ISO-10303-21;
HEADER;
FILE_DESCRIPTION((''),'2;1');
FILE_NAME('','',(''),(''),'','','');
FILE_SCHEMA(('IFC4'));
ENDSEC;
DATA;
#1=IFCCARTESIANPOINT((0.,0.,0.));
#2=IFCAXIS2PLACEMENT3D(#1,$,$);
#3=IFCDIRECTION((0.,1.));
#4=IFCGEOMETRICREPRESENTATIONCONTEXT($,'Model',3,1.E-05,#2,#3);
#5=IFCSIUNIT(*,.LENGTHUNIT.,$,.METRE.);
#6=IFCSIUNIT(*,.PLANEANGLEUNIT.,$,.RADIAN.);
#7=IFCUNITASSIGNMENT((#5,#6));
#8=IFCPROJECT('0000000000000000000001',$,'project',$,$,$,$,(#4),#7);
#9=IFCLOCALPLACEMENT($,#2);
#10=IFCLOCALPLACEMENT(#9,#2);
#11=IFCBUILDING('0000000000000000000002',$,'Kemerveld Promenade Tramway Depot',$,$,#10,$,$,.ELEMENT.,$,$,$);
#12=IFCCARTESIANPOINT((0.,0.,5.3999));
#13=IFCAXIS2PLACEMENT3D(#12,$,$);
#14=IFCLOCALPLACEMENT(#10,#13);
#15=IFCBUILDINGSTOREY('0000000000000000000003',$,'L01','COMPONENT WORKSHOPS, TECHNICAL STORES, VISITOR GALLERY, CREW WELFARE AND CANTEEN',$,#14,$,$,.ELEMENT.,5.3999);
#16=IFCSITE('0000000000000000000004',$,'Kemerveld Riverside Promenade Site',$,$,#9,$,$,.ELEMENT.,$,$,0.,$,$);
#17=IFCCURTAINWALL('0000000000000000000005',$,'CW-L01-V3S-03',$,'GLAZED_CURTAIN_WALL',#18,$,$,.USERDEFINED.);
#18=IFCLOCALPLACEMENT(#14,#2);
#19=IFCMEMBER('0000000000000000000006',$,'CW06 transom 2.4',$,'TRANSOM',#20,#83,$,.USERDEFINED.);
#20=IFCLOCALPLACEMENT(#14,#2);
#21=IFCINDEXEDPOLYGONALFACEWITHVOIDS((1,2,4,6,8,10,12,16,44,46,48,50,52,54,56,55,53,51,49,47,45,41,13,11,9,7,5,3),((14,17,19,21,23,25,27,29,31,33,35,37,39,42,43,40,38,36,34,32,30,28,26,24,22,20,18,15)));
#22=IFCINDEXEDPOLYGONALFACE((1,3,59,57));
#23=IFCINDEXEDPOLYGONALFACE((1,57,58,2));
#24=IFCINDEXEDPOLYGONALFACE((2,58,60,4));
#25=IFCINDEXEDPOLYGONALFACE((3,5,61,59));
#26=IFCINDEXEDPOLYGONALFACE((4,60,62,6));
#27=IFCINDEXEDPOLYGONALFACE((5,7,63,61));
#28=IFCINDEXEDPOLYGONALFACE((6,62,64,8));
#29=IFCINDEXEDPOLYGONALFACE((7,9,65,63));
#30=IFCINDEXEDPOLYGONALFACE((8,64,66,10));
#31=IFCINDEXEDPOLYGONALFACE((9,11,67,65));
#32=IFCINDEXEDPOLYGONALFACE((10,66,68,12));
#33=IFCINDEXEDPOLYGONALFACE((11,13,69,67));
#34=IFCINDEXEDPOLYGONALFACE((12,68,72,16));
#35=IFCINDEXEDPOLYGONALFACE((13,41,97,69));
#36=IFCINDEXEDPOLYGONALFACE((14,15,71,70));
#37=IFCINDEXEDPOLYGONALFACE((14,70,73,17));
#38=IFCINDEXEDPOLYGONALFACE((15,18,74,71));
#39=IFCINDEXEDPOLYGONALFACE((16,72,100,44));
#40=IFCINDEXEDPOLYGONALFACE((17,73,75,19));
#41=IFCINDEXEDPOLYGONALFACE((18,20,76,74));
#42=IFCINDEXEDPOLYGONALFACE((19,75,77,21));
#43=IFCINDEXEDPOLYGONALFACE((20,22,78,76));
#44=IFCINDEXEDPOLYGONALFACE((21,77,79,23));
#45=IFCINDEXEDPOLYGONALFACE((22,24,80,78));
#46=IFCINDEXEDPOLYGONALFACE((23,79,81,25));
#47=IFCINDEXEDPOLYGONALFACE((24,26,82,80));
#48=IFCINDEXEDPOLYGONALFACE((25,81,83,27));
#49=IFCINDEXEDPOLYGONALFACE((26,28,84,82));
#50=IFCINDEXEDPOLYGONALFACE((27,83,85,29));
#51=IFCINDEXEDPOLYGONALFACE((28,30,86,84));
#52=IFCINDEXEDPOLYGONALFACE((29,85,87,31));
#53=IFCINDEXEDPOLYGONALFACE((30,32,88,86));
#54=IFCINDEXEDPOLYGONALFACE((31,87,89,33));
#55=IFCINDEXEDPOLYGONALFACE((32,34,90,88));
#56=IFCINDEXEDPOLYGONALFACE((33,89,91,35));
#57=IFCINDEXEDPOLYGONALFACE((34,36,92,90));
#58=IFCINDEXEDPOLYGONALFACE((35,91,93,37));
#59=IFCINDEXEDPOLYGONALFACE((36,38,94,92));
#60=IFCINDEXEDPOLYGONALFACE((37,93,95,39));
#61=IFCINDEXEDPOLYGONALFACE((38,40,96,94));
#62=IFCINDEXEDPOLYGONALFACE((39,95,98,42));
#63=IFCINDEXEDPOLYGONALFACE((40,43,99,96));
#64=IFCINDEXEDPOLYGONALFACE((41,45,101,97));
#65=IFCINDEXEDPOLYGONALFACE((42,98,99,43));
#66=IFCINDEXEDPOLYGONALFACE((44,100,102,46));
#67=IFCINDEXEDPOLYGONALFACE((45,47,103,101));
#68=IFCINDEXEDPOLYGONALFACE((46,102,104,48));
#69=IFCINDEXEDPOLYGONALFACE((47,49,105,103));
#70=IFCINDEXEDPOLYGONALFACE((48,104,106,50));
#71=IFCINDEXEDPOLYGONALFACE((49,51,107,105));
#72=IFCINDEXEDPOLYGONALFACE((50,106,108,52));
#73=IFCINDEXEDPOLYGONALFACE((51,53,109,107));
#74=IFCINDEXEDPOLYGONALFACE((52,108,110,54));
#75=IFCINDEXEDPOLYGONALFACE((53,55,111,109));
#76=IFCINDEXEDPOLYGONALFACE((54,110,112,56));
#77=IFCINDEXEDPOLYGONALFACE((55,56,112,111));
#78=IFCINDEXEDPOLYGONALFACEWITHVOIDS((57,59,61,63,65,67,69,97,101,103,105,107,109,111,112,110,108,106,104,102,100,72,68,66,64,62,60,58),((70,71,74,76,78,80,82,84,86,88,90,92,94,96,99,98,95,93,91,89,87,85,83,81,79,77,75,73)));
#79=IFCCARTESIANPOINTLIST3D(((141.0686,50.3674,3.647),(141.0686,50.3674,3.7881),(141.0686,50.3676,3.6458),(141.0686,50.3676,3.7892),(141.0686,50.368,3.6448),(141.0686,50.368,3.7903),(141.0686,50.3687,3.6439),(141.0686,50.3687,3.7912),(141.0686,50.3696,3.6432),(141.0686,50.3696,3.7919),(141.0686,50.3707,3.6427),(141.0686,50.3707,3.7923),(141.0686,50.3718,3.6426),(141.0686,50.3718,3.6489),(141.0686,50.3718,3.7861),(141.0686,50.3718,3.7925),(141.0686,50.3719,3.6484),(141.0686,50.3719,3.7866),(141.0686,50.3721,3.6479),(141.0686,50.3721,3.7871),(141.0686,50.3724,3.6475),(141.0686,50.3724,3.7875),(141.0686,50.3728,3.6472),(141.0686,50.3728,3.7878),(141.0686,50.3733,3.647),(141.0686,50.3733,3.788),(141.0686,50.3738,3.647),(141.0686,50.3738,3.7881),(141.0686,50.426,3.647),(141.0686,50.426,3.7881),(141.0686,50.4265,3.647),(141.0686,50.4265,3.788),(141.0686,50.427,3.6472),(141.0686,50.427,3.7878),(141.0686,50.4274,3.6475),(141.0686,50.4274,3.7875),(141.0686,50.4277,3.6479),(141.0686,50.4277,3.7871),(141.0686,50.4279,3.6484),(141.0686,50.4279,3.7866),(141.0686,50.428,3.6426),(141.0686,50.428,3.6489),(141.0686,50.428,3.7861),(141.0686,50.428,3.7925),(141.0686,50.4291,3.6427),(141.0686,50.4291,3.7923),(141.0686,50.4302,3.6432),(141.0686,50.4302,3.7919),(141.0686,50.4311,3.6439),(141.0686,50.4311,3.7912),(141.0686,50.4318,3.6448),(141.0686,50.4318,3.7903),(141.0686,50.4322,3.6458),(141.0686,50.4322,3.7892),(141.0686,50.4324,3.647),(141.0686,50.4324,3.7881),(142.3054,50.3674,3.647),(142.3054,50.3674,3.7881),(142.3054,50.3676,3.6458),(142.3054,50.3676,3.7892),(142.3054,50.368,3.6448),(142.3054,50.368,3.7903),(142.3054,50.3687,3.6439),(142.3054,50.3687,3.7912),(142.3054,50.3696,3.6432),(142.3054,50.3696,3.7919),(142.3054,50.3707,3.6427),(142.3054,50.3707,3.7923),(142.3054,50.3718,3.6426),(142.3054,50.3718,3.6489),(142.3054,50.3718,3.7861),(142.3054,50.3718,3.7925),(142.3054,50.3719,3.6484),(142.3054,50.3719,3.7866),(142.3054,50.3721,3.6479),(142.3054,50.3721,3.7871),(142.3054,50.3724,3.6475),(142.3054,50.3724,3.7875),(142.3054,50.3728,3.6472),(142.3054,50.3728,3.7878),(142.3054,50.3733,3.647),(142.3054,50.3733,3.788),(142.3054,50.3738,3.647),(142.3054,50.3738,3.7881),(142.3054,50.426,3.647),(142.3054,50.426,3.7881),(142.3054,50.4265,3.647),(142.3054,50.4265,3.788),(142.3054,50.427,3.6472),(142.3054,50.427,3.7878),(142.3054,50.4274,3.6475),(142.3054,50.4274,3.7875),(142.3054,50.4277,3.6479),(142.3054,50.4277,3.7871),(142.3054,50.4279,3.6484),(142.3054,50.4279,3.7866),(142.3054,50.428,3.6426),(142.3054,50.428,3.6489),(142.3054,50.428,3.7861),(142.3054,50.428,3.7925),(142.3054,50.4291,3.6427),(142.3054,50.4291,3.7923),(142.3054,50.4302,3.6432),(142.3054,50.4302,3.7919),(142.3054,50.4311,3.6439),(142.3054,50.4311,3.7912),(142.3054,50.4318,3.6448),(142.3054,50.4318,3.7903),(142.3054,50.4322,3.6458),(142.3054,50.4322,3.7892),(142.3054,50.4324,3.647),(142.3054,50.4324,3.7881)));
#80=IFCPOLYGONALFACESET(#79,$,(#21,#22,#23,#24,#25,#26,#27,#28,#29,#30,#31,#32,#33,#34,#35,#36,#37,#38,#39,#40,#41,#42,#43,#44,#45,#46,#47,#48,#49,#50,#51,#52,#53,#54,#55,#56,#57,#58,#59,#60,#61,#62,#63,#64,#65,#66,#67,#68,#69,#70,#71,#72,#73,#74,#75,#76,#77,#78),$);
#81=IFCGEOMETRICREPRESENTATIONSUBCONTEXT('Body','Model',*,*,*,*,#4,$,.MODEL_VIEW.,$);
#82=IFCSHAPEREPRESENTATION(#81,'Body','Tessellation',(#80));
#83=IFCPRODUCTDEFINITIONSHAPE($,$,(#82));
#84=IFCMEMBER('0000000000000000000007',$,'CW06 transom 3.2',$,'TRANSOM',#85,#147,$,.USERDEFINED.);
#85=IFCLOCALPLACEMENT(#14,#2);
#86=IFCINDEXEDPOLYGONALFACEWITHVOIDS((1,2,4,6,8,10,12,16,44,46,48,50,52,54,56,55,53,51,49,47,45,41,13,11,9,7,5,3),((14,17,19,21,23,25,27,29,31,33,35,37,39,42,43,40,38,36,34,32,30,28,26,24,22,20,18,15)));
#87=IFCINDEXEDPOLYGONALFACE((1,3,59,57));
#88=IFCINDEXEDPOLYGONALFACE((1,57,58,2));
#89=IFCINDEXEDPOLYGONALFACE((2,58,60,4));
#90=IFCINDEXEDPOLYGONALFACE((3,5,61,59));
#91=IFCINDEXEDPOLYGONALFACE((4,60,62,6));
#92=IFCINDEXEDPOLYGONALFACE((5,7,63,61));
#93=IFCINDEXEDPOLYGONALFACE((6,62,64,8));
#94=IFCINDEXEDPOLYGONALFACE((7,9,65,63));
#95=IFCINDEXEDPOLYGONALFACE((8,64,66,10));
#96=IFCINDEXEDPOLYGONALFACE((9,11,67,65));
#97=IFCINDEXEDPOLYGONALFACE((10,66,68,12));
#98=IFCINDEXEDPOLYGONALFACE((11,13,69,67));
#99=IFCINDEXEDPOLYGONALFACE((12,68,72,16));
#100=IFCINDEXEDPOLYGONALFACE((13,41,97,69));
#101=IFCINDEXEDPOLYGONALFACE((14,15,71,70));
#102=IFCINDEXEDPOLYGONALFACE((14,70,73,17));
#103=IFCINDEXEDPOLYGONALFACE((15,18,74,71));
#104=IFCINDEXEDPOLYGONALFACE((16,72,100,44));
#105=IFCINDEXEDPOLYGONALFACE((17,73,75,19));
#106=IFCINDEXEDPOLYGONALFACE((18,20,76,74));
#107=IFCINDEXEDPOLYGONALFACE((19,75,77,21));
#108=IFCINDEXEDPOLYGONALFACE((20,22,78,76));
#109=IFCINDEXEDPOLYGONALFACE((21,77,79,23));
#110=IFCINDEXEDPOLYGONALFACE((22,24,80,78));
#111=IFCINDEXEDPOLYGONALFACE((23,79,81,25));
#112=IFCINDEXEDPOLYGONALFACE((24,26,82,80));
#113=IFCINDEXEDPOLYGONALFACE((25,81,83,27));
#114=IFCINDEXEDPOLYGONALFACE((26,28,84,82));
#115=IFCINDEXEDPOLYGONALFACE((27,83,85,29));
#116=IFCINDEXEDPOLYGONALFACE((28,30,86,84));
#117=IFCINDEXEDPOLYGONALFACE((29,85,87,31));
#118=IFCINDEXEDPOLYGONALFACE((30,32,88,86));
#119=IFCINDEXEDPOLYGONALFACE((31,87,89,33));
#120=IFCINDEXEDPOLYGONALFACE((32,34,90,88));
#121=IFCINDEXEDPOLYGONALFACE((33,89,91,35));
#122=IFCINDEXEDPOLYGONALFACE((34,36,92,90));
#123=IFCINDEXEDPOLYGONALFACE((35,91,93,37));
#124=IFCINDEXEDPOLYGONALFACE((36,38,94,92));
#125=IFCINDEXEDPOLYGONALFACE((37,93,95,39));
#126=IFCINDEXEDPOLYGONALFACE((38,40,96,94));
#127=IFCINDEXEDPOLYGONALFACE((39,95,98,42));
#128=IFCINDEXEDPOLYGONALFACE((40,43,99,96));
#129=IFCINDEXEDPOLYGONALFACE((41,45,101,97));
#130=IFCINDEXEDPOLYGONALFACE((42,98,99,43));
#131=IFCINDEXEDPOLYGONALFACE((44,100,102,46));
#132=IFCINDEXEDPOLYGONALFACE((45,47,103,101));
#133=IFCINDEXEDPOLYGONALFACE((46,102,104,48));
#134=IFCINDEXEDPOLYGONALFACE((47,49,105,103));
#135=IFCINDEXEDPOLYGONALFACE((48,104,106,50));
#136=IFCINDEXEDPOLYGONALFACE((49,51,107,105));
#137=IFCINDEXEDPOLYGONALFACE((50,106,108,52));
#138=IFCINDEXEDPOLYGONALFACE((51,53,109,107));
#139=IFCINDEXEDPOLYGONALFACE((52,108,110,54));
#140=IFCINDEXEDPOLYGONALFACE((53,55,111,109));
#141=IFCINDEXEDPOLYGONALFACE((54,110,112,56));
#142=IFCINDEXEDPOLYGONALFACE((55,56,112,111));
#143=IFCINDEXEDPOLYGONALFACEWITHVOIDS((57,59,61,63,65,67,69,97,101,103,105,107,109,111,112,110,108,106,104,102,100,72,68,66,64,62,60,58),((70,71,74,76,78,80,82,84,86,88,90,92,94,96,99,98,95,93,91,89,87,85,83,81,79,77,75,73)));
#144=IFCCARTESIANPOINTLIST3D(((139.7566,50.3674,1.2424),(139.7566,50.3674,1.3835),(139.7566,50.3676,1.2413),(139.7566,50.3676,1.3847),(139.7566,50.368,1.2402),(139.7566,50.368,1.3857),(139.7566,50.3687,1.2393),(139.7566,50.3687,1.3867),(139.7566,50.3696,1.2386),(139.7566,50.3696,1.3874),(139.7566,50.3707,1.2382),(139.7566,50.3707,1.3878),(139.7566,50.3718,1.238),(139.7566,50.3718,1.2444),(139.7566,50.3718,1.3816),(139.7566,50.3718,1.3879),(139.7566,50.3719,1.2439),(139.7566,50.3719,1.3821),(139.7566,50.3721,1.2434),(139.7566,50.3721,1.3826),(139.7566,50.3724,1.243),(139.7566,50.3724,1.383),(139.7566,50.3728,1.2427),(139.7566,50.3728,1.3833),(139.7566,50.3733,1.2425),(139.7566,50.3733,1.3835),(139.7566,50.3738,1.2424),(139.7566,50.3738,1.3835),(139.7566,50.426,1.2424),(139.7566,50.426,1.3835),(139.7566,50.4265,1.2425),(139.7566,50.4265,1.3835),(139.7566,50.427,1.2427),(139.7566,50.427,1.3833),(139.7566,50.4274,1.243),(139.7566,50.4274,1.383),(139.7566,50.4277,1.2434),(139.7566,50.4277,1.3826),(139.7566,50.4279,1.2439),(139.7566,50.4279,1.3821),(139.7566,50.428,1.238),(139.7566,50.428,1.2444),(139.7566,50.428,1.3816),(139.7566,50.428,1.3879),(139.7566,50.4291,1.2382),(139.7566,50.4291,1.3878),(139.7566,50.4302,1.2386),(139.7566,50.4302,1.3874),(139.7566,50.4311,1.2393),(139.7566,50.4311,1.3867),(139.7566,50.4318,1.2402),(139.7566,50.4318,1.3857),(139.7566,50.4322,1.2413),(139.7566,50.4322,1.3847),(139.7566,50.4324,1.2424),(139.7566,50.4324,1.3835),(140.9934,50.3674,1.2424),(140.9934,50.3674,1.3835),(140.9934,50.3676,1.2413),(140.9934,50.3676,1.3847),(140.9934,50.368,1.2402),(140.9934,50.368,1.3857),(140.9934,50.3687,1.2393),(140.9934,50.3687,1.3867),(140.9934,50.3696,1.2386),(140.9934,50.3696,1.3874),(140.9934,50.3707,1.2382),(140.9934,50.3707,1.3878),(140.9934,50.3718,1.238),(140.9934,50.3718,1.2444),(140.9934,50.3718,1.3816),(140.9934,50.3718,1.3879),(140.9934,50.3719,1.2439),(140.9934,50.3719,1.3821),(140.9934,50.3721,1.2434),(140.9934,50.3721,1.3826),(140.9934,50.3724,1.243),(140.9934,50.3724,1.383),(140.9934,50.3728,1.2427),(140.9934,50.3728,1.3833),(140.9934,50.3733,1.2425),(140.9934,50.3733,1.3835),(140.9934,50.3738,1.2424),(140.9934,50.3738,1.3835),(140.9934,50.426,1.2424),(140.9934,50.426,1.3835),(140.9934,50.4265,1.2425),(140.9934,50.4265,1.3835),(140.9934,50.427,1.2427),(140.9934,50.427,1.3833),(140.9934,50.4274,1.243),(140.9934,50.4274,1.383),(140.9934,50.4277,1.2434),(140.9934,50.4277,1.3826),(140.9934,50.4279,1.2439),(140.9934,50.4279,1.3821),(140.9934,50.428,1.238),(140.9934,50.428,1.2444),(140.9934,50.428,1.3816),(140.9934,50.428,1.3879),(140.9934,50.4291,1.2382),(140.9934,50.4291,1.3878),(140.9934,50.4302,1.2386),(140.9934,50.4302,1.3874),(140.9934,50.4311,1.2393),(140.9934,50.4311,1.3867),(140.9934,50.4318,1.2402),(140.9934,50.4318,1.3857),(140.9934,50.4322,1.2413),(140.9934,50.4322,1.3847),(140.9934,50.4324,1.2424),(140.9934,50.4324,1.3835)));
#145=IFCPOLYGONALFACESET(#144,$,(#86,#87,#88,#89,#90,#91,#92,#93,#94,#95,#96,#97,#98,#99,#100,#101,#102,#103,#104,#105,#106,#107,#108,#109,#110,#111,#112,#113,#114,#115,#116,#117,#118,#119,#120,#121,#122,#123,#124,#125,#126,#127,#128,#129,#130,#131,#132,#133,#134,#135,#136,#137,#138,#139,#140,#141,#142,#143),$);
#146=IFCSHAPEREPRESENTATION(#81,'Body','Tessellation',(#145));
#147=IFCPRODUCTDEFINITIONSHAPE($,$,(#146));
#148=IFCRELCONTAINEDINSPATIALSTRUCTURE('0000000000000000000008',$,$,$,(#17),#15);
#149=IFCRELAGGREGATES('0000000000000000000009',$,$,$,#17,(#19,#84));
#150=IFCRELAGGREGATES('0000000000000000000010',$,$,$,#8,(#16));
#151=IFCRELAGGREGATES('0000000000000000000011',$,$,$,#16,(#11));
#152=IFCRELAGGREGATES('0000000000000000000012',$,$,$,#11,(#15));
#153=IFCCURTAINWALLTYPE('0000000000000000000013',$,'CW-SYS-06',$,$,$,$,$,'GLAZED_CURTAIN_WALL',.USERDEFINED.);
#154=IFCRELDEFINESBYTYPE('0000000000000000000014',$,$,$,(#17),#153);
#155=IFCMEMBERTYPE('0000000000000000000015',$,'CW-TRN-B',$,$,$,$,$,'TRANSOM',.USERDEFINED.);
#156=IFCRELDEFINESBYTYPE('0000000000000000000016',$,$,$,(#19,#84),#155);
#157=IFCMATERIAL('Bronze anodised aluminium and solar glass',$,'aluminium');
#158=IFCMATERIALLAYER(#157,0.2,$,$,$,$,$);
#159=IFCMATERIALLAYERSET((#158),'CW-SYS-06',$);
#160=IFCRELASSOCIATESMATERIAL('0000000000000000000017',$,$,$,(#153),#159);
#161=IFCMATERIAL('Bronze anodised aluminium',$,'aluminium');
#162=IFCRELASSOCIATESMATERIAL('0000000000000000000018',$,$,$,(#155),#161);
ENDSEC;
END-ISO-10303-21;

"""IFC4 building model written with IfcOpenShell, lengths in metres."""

from ifc_helpers import new_model, si_unit, direction, frame, origin, origin_2d, place, context, subcontext, project, spatial, hollow_rectangle, extrude, material, layer, layer_set, material_profile, profile_set, type_object, element, aggregate, save


model = new_model("IFC4")

# Units and contexts
model_context = context("Model", 3, precision=1e-05, world=origin(), true_north=direction((0.0, 1.0)))
body_context = subcontext(model_context, "Body", "Model", "MODEL_VIEW")
ifc_project = project(units=[si_unit("LENGTHUNIT", "METRE"), si_unit("PLANEANGLEUNIT", "RADIAN")], contexts=[model_context])

# Site, building, storey
site_placement = place(None, origin())
site = spatial("IfcSite", under=ifc_project, at=site_placement, Name="Kemerveld Riverside Promenade Site", CompositionType="ELEMENT", RefElevation=0.0)
building_placement = place(site_placement, origin())
building = spatial("IfcBuilding", under=site, at=building_placement, Name="Kemerveld Promenade Tramway Depot", CompositionType="ELEMENT")
storey_placement = place(building_placement, frame((0.0, 0.0, 5.3999)))
storey = spatial("IfcBuildingStorey", under=building, at=storey_placement, Name="L01", Description="COMPONENT WORKSHOPS, TECHNICAL STORES, VISITOR GALLERY, CREW WELFARE AND CANTEEN", CompositionType="ELEMENT", Elevation=5.3999)

# Curtain wall, members
ifc_material_1 = material(Name="Bronze anodised aluminium and solar glass", Category="aluminium")
ifc_layer_1 = layer(ifc_material_1, 0.2)
ifc_layer_set_1 = layer_set([ifc_layer_1], Name="CW-SYS-06")
curtain_wall_type = type_object("IfcCurtainWallType", Name="CW-SYS-06", ElementType="GLAZED_CURTAIN_WALL", PredefinedType="USERDEFINED", material=ifc_layer_set_1)
curtain_wall_placement = place(storey_placement, origin())
curtain_wall = element("IfcCurtainWall", 1, at=curtain_wall_placement, inside=storey, type_object=curtain_wall_type, Name="CW-L01-V3S-03", ObjectType="GLAZED_CURTAIN_WALL", PredefinedType="USERDEFINED")
ifc_material_2 = material(Name="Bronze anodised aluminium", Category="aluminium")
ifc_material_profile_1 = material_profile(ifc_material_2, hollow_rectangle(XDim=0.0649, YDim=0.1499, WallThickness=0.0044, InnerFilletRadius=0.002, OuterFilletRadius=0.0044, at=origin_2d()), Name="CW-TRN-150x65")
ifc_profile_set_1 = profile_set([ifc_material_profile_1], Name="Bronze anodised aluminium")
member_type_1 = type_object("IfcMemberType", Name="CW-TRN-B", ElementType="TRANSOM", PredefinedType="USERDEFINED", material=ifc_profile_set_1)
member_1_placement = place(storey_placement, frame((142.3054, 50.3999, 3.7175), z_axis=(-1.0, 0.0, 0.0), x_axis=(0.0, -1.0, 0.0)))
member_1 = element("IfcMember", 2, at=member_1_placement, type_object=member_type_1, Name="CW06 transom 2.4", ObjectType="TRANSOM", PredefinedType="USERDEFINED", context=body_context, shape_type="SweptSolid", body=[
    extrude(hollow_rectangle(XDim=0.0649, YDim=0.1499, WallThickness=0.0044, InnerFilletRadius=0.002, OuterFilletRadius=0.0044, at=origin_2d()), origin(), (0.0, 0.0, 1.0), 1.2368),
])
member_2_placement = place(storey_placement, frame((140.9934, 50.3999, 1.313), z_axis=(-1.0, 0.0, 0.0), x_axis=(0.0, -1.0, 0.0)))
member_2 = element("IfcMember", 3, at=member_2_placement, type_object=member_type_1, Name="CW06 transom 3.2", ObjectType="TRANSOM", PredefinedType="USERDEFINED", context=body_context, shape_type="SweptSolid", body=[
    extrude(hollow_rectangle(XDim=0.0649, YDim=0.1499, WallThickness=0.0044, InnerFilletRadius=0.002, OuterFilletRadius=0.0044, at=origin_2d()), origin(), (0.0, 0.0, 1.0), 1.2368),
])
aggregate(curtain_wall, [member_1, member_2])

save(model, "model.ifc")
